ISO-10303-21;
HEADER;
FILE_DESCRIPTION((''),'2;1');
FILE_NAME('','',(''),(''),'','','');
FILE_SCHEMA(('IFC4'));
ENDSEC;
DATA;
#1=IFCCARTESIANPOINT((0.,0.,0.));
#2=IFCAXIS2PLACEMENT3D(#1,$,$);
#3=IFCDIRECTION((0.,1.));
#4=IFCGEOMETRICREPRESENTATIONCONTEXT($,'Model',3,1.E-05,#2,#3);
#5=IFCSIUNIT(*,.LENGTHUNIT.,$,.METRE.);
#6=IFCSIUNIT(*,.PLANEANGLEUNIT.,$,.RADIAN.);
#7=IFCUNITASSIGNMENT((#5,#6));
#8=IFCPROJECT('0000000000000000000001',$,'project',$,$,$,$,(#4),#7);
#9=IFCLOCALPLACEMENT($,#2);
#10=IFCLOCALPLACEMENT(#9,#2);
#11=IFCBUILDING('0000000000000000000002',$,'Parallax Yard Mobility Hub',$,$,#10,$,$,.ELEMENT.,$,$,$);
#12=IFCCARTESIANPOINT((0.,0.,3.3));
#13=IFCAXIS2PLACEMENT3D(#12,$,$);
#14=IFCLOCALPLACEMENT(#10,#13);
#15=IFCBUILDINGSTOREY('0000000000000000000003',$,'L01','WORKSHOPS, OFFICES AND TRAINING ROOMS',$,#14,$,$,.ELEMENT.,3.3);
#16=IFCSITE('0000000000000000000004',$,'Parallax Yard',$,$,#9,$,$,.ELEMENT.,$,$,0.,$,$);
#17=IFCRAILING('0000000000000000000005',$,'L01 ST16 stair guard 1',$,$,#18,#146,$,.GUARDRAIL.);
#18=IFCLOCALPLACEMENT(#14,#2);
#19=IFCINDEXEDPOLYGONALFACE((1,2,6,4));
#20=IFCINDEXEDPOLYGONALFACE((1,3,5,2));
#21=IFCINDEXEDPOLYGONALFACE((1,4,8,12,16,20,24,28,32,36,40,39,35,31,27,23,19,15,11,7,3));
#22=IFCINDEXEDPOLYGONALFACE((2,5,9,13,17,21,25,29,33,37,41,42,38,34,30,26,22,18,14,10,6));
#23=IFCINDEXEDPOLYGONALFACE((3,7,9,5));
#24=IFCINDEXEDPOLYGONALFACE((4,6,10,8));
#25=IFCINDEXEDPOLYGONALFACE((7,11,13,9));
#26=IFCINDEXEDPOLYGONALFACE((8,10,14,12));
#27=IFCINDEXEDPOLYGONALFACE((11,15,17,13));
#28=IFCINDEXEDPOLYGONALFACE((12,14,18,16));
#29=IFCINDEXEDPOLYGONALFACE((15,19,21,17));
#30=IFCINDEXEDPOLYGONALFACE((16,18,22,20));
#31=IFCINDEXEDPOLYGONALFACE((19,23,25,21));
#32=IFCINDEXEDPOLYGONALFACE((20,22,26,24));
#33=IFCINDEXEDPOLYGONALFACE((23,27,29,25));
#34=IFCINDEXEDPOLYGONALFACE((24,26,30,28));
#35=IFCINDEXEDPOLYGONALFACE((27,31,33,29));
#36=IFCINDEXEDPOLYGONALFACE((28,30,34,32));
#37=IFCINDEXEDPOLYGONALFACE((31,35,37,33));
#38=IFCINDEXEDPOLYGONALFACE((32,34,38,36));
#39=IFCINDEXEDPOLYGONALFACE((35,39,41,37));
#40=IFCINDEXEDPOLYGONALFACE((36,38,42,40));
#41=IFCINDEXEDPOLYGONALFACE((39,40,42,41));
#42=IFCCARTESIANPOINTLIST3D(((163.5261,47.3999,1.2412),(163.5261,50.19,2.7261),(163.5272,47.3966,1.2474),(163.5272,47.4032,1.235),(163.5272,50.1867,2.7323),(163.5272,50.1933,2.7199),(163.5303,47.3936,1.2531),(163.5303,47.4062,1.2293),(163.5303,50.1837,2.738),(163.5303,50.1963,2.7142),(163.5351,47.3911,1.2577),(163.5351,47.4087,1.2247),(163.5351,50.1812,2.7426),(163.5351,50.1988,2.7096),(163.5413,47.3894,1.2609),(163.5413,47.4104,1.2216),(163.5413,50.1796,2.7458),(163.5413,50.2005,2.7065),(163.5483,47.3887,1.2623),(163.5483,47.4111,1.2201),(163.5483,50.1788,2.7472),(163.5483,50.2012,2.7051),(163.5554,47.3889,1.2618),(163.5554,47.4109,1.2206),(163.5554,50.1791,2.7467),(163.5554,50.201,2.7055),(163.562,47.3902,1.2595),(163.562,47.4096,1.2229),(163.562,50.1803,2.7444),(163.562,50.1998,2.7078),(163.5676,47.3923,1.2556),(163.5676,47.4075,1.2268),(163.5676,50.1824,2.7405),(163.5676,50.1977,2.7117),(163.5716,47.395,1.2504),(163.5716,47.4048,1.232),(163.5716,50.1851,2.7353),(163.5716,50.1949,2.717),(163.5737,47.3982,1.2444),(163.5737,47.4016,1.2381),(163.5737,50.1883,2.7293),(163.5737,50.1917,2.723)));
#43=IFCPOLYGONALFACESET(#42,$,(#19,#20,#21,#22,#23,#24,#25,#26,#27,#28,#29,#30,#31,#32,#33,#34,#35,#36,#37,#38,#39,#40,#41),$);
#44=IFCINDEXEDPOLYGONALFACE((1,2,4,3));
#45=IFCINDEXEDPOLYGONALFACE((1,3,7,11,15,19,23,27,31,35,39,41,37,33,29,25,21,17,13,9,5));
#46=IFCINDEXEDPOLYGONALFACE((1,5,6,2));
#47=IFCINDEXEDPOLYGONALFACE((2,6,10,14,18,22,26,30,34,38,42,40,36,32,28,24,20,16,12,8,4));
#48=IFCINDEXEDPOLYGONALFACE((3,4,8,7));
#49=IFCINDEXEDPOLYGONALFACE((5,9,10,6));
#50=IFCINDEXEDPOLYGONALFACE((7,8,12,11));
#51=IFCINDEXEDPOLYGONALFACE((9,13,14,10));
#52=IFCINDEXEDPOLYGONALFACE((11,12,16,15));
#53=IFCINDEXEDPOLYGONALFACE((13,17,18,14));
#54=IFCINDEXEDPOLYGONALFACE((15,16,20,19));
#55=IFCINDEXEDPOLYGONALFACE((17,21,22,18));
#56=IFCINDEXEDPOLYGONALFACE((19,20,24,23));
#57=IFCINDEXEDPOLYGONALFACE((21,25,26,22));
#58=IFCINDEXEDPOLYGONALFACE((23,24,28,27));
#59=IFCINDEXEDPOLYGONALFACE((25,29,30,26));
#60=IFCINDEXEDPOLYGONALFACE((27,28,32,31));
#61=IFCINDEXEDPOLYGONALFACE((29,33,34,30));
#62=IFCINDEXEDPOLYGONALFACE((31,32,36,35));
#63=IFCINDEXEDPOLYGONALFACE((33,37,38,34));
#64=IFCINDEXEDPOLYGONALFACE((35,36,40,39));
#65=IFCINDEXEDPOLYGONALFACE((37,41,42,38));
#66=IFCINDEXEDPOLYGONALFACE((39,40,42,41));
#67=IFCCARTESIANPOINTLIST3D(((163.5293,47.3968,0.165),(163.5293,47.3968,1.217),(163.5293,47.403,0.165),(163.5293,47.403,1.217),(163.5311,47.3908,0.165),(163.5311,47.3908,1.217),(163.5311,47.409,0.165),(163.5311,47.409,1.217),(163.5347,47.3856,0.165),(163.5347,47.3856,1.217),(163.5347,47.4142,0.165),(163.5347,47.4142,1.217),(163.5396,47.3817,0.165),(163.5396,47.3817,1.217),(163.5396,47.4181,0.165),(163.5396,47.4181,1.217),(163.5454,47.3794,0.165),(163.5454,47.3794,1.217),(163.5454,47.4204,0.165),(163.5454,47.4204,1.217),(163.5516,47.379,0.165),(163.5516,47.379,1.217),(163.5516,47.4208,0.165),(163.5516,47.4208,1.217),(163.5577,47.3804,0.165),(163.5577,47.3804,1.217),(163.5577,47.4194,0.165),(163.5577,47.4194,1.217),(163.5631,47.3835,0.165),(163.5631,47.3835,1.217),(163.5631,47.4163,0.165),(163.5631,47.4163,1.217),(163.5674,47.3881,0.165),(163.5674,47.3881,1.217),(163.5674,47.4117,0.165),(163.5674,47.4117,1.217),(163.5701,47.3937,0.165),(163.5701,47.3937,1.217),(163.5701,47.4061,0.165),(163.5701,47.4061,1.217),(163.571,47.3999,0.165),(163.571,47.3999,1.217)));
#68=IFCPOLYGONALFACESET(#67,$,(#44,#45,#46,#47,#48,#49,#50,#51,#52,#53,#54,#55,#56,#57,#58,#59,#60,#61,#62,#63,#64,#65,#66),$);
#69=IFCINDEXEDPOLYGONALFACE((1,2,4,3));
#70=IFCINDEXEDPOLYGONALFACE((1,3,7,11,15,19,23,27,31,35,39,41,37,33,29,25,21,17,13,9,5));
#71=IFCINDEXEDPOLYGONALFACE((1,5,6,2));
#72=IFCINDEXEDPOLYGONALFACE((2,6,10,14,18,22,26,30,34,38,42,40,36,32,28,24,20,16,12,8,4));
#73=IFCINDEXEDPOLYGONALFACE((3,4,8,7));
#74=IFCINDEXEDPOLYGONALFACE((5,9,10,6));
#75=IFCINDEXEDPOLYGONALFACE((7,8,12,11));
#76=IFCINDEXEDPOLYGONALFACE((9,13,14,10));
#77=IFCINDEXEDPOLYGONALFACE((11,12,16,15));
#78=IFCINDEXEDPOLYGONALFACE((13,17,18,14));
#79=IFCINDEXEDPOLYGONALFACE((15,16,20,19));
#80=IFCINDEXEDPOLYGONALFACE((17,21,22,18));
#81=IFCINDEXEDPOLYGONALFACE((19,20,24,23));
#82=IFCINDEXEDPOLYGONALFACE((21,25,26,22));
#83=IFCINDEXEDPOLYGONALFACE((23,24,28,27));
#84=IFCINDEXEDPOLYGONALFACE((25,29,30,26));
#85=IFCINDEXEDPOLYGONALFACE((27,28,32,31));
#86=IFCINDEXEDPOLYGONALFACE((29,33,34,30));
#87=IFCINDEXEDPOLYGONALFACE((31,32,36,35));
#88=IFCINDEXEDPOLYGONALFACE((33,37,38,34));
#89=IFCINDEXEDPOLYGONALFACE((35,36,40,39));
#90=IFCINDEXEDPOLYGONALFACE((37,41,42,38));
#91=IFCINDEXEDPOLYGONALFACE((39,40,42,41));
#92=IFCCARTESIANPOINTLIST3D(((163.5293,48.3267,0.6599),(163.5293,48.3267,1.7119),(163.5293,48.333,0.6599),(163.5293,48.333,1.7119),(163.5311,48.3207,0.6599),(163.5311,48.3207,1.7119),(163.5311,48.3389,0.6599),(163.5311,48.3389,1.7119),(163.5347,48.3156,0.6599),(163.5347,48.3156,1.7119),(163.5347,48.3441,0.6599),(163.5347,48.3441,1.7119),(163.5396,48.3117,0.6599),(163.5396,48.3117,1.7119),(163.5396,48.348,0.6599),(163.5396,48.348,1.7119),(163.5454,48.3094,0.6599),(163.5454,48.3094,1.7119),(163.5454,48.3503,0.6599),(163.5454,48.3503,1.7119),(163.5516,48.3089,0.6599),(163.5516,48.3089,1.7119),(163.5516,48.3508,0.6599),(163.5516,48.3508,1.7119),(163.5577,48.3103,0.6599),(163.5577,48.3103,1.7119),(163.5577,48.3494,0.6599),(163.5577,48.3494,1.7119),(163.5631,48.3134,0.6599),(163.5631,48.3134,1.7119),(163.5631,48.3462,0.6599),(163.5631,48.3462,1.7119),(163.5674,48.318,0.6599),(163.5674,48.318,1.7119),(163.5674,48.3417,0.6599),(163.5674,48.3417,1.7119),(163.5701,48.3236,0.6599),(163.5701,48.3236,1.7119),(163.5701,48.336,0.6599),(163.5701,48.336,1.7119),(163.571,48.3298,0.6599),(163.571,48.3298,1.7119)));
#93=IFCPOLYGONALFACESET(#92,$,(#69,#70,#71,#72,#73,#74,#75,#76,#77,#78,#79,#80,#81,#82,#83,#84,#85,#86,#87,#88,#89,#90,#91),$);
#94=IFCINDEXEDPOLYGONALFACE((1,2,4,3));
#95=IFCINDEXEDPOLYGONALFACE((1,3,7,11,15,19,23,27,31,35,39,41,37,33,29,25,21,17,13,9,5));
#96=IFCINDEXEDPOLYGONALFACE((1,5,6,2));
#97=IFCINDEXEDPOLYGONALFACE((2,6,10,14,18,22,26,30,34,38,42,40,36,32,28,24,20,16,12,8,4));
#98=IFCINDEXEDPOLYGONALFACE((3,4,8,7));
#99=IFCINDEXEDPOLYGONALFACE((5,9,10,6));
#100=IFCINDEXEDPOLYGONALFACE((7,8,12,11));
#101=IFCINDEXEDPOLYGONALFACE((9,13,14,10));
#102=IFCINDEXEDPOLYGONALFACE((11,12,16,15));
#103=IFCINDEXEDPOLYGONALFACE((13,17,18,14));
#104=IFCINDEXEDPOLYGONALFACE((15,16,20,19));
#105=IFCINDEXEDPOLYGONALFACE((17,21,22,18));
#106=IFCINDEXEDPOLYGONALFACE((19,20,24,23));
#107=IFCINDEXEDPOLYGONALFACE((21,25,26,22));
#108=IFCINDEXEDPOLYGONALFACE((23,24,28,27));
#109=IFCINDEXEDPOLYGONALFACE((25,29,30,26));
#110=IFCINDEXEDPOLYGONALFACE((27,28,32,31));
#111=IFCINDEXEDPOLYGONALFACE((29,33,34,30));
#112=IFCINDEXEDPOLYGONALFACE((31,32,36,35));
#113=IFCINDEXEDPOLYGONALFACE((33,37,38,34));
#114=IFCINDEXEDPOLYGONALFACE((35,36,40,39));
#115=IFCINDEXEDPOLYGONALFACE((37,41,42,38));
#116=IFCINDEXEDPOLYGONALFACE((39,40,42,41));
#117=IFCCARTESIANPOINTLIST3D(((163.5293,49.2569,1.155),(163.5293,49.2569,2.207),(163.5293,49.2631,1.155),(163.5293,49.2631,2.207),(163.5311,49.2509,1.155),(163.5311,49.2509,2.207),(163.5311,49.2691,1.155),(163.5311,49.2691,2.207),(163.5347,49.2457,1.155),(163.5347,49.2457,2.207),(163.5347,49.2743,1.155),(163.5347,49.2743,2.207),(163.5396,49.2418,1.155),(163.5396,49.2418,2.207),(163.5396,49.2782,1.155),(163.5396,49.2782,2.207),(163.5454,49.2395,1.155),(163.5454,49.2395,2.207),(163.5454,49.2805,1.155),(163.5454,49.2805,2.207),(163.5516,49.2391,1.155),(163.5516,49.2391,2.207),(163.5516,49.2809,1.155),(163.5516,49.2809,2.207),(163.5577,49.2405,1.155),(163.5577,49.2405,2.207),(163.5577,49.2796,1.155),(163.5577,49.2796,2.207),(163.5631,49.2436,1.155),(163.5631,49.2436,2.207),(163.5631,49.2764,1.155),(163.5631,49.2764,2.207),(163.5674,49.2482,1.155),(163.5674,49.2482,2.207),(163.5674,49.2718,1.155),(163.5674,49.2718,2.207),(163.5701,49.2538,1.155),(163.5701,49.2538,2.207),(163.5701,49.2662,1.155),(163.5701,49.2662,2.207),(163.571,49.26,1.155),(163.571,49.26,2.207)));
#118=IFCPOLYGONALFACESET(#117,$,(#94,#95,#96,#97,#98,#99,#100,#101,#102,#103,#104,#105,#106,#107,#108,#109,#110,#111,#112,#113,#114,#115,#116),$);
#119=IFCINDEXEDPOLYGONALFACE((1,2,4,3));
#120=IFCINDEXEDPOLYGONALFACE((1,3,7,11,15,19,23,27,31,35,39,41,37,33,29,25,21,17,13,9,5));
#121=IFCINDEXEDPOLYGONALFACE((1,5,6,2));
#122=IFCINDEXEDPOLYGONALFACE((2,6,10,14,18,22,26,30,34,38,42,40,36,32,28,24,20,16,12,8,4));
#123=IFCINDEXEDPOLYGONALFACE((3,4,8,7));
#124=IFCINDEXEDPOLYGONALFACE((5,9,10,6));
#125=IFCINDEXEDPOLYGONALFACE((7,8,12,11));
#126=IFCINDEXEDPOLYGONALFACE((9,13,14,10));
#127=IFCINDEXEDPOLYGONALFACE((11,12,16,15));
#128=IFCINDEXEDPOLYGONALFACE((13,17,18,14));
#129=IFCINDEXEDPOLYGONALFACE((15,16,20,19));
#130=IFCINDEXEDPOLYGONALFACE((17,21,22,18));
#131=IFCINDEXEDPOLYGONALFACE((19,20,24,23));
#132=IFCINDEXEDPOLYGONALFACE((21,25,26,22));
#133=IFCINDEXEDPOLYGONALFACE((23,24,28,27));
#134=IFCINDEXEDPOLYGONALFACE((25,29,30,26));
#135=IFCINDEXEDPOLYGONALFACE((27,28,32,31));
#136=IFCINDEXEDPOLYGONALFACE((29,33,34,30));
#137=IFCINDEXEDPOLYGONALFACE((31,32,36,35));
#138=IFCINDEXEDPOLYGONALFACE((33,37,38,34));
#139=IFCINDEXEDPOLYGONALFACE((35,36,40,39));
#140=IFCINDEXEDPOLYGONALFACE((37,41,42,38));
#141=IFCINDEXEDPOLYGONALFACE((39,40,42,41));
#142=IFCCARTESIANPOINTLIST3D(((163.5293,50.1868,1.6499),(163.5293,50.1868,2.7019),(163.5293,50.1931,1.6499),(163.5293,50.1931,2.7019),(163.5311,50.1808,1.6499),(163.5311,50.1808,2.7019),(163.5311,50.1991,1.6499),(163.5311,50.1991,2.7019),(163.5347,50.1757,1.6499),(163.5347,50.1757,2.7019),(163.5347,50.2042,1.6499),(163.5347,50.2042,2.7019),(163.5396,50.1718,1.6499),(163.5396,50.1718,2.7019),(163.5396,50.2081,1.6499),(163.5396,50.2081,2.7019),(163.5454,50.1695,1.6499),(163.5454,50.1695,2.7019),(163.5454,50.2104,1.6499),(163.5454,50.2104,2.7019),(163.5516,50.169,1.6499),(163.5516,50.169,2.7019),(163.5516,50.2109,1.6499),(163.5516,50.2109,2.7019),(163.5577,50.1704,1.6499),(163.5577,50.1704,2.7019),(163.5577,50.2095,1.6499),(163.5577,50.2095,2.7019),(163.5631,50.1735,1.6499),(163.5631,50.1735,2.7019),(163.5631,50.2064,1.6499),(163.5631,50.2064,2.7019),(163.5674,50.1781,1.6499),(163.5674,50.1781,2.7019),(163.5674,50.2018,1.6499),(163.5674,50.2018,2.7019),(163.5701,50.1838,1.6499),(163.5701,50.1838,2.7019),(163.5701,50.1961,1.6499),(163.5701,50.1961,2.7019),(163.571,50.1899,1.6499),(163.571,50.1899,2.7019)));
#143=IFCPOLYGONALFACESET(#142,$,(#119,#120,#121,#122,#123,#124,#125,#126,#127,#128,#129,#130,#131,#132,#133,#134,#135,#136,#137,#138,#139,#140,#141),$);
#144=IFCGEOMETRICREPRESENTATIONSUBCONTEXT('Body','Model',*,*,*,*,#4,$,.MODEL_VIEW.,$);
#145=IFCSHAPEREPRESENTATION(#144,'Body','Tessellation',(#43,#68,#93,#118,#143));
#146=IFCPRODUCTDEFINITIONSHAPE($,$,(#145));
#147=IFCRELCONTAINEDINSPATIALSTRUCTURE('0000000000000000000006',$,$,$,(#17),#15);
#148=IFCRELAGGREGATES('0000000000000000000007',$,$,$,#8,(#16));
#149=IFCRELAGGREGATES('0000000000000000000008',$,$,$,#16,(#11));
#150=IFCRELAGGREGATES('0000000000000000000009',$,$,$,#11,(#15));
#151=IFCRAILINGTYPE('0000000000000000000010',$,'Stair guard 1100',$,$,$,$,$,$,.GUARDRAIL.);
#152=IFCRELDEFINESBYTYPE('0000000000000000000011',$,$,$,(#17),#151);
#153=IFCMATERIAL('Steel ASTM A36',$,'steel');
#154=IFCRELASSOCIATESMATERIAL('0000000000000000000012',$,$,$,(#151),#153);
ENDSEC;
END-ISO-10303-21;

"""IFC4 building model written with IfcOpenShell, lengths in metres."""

from ifc_helpers import new_model, si_unit, direction, frame, origin, origin_2d, place, context, subcontext, project, spatial, circle, extrude, material, type_object, element, save


model = new_model("IFC4")

# Units and contexts
model_context = context("Model", 3, precision=1e-05, world=origin(), true_north=direction((0.0, 1.0)))
body_context = subcontext(model_context, "Body", "Model", "MODEL_VIEW")
ifc_project = project(units=[si_unit("LENGTHUNIT", "METRE"), si_unit("PLANEANGLEUNIT", "RADIAN")], contexts=[model_context])

# Site, building, storey
site_placement = place(None, origin())
site = spatial("IfcSite", under=ifc_project, at=site_placement, Name="Parallax Yard", CompositionType="ELEMENT", RefElevation=0.0)
building_placement = place(site_placement, origin())
building = spatial("IfcBuilding", under=site, at=building_placement, Name="Parallax Yard Mobility Hub", CompositionType="ELEMENT")
storey_placement = place(building_placement, frame((0.0, 0.0, 3.3)))
storey = spatial("IfcBuildingStorey", under=building, at=storey_placement, Name="L01", Description="WORKSHOPS, OFFICES AND TRAINING ROOMS", CompositionType="ELEMENT", Elevation=3.3)

# Railing
ifc_material_1 = material(Name="Steel ASTM A36", Category="steel")
railing_type_1 = type_object("IfcRailingType", Name="Stair guard 1100", PredefinedType="GUARDRAIL", material=ifc_material_1)
railing_1_placement = place(storey_placement, frame((163.55, 47.3999, 0.165)))
element("IfcRailing", 1, at=railing_1_placement, inside=storey, type_object=railing_type_1, Name="L01 ST16 stair guard 1", PredefinedType="GUARDRAIL", context=body_context, shape_type="SweptSolid", body=[
    extrude(circle(Radius=0.0239, at=origin_2d()), frame((0.0, 0.0, 1.0762), z_axis=(0.0, 0.882767, 0.46981), x_axis=(-1.0, 0.0, 0.0)), (0.0, 0.0, 1.0), 3.1606),
    extrude(circle(Radius=0.021, at=origin_2d()), origin(), (0.0, 0.0, 1.0), 1.052),
    extrude(circle(Radius=0.021, at=origin_2d()), frame((0.0, 0.9299, 0.4949)), (0.0, 0.0, 1.0), 1.052),
    extrude(circle(Radius=0.021, at=origin_2d()), frame((0.0, 1.8601, 0.99)), (0.0, 0.0, 1.0), 1.052),
    extrude(circle(Radius=0.021, at=origin_2d()), frame((0.0, 2.79, 1.4849)), (0.0, 0.0, 1.0), 1.052),
])

save(model, "model.ifc")
